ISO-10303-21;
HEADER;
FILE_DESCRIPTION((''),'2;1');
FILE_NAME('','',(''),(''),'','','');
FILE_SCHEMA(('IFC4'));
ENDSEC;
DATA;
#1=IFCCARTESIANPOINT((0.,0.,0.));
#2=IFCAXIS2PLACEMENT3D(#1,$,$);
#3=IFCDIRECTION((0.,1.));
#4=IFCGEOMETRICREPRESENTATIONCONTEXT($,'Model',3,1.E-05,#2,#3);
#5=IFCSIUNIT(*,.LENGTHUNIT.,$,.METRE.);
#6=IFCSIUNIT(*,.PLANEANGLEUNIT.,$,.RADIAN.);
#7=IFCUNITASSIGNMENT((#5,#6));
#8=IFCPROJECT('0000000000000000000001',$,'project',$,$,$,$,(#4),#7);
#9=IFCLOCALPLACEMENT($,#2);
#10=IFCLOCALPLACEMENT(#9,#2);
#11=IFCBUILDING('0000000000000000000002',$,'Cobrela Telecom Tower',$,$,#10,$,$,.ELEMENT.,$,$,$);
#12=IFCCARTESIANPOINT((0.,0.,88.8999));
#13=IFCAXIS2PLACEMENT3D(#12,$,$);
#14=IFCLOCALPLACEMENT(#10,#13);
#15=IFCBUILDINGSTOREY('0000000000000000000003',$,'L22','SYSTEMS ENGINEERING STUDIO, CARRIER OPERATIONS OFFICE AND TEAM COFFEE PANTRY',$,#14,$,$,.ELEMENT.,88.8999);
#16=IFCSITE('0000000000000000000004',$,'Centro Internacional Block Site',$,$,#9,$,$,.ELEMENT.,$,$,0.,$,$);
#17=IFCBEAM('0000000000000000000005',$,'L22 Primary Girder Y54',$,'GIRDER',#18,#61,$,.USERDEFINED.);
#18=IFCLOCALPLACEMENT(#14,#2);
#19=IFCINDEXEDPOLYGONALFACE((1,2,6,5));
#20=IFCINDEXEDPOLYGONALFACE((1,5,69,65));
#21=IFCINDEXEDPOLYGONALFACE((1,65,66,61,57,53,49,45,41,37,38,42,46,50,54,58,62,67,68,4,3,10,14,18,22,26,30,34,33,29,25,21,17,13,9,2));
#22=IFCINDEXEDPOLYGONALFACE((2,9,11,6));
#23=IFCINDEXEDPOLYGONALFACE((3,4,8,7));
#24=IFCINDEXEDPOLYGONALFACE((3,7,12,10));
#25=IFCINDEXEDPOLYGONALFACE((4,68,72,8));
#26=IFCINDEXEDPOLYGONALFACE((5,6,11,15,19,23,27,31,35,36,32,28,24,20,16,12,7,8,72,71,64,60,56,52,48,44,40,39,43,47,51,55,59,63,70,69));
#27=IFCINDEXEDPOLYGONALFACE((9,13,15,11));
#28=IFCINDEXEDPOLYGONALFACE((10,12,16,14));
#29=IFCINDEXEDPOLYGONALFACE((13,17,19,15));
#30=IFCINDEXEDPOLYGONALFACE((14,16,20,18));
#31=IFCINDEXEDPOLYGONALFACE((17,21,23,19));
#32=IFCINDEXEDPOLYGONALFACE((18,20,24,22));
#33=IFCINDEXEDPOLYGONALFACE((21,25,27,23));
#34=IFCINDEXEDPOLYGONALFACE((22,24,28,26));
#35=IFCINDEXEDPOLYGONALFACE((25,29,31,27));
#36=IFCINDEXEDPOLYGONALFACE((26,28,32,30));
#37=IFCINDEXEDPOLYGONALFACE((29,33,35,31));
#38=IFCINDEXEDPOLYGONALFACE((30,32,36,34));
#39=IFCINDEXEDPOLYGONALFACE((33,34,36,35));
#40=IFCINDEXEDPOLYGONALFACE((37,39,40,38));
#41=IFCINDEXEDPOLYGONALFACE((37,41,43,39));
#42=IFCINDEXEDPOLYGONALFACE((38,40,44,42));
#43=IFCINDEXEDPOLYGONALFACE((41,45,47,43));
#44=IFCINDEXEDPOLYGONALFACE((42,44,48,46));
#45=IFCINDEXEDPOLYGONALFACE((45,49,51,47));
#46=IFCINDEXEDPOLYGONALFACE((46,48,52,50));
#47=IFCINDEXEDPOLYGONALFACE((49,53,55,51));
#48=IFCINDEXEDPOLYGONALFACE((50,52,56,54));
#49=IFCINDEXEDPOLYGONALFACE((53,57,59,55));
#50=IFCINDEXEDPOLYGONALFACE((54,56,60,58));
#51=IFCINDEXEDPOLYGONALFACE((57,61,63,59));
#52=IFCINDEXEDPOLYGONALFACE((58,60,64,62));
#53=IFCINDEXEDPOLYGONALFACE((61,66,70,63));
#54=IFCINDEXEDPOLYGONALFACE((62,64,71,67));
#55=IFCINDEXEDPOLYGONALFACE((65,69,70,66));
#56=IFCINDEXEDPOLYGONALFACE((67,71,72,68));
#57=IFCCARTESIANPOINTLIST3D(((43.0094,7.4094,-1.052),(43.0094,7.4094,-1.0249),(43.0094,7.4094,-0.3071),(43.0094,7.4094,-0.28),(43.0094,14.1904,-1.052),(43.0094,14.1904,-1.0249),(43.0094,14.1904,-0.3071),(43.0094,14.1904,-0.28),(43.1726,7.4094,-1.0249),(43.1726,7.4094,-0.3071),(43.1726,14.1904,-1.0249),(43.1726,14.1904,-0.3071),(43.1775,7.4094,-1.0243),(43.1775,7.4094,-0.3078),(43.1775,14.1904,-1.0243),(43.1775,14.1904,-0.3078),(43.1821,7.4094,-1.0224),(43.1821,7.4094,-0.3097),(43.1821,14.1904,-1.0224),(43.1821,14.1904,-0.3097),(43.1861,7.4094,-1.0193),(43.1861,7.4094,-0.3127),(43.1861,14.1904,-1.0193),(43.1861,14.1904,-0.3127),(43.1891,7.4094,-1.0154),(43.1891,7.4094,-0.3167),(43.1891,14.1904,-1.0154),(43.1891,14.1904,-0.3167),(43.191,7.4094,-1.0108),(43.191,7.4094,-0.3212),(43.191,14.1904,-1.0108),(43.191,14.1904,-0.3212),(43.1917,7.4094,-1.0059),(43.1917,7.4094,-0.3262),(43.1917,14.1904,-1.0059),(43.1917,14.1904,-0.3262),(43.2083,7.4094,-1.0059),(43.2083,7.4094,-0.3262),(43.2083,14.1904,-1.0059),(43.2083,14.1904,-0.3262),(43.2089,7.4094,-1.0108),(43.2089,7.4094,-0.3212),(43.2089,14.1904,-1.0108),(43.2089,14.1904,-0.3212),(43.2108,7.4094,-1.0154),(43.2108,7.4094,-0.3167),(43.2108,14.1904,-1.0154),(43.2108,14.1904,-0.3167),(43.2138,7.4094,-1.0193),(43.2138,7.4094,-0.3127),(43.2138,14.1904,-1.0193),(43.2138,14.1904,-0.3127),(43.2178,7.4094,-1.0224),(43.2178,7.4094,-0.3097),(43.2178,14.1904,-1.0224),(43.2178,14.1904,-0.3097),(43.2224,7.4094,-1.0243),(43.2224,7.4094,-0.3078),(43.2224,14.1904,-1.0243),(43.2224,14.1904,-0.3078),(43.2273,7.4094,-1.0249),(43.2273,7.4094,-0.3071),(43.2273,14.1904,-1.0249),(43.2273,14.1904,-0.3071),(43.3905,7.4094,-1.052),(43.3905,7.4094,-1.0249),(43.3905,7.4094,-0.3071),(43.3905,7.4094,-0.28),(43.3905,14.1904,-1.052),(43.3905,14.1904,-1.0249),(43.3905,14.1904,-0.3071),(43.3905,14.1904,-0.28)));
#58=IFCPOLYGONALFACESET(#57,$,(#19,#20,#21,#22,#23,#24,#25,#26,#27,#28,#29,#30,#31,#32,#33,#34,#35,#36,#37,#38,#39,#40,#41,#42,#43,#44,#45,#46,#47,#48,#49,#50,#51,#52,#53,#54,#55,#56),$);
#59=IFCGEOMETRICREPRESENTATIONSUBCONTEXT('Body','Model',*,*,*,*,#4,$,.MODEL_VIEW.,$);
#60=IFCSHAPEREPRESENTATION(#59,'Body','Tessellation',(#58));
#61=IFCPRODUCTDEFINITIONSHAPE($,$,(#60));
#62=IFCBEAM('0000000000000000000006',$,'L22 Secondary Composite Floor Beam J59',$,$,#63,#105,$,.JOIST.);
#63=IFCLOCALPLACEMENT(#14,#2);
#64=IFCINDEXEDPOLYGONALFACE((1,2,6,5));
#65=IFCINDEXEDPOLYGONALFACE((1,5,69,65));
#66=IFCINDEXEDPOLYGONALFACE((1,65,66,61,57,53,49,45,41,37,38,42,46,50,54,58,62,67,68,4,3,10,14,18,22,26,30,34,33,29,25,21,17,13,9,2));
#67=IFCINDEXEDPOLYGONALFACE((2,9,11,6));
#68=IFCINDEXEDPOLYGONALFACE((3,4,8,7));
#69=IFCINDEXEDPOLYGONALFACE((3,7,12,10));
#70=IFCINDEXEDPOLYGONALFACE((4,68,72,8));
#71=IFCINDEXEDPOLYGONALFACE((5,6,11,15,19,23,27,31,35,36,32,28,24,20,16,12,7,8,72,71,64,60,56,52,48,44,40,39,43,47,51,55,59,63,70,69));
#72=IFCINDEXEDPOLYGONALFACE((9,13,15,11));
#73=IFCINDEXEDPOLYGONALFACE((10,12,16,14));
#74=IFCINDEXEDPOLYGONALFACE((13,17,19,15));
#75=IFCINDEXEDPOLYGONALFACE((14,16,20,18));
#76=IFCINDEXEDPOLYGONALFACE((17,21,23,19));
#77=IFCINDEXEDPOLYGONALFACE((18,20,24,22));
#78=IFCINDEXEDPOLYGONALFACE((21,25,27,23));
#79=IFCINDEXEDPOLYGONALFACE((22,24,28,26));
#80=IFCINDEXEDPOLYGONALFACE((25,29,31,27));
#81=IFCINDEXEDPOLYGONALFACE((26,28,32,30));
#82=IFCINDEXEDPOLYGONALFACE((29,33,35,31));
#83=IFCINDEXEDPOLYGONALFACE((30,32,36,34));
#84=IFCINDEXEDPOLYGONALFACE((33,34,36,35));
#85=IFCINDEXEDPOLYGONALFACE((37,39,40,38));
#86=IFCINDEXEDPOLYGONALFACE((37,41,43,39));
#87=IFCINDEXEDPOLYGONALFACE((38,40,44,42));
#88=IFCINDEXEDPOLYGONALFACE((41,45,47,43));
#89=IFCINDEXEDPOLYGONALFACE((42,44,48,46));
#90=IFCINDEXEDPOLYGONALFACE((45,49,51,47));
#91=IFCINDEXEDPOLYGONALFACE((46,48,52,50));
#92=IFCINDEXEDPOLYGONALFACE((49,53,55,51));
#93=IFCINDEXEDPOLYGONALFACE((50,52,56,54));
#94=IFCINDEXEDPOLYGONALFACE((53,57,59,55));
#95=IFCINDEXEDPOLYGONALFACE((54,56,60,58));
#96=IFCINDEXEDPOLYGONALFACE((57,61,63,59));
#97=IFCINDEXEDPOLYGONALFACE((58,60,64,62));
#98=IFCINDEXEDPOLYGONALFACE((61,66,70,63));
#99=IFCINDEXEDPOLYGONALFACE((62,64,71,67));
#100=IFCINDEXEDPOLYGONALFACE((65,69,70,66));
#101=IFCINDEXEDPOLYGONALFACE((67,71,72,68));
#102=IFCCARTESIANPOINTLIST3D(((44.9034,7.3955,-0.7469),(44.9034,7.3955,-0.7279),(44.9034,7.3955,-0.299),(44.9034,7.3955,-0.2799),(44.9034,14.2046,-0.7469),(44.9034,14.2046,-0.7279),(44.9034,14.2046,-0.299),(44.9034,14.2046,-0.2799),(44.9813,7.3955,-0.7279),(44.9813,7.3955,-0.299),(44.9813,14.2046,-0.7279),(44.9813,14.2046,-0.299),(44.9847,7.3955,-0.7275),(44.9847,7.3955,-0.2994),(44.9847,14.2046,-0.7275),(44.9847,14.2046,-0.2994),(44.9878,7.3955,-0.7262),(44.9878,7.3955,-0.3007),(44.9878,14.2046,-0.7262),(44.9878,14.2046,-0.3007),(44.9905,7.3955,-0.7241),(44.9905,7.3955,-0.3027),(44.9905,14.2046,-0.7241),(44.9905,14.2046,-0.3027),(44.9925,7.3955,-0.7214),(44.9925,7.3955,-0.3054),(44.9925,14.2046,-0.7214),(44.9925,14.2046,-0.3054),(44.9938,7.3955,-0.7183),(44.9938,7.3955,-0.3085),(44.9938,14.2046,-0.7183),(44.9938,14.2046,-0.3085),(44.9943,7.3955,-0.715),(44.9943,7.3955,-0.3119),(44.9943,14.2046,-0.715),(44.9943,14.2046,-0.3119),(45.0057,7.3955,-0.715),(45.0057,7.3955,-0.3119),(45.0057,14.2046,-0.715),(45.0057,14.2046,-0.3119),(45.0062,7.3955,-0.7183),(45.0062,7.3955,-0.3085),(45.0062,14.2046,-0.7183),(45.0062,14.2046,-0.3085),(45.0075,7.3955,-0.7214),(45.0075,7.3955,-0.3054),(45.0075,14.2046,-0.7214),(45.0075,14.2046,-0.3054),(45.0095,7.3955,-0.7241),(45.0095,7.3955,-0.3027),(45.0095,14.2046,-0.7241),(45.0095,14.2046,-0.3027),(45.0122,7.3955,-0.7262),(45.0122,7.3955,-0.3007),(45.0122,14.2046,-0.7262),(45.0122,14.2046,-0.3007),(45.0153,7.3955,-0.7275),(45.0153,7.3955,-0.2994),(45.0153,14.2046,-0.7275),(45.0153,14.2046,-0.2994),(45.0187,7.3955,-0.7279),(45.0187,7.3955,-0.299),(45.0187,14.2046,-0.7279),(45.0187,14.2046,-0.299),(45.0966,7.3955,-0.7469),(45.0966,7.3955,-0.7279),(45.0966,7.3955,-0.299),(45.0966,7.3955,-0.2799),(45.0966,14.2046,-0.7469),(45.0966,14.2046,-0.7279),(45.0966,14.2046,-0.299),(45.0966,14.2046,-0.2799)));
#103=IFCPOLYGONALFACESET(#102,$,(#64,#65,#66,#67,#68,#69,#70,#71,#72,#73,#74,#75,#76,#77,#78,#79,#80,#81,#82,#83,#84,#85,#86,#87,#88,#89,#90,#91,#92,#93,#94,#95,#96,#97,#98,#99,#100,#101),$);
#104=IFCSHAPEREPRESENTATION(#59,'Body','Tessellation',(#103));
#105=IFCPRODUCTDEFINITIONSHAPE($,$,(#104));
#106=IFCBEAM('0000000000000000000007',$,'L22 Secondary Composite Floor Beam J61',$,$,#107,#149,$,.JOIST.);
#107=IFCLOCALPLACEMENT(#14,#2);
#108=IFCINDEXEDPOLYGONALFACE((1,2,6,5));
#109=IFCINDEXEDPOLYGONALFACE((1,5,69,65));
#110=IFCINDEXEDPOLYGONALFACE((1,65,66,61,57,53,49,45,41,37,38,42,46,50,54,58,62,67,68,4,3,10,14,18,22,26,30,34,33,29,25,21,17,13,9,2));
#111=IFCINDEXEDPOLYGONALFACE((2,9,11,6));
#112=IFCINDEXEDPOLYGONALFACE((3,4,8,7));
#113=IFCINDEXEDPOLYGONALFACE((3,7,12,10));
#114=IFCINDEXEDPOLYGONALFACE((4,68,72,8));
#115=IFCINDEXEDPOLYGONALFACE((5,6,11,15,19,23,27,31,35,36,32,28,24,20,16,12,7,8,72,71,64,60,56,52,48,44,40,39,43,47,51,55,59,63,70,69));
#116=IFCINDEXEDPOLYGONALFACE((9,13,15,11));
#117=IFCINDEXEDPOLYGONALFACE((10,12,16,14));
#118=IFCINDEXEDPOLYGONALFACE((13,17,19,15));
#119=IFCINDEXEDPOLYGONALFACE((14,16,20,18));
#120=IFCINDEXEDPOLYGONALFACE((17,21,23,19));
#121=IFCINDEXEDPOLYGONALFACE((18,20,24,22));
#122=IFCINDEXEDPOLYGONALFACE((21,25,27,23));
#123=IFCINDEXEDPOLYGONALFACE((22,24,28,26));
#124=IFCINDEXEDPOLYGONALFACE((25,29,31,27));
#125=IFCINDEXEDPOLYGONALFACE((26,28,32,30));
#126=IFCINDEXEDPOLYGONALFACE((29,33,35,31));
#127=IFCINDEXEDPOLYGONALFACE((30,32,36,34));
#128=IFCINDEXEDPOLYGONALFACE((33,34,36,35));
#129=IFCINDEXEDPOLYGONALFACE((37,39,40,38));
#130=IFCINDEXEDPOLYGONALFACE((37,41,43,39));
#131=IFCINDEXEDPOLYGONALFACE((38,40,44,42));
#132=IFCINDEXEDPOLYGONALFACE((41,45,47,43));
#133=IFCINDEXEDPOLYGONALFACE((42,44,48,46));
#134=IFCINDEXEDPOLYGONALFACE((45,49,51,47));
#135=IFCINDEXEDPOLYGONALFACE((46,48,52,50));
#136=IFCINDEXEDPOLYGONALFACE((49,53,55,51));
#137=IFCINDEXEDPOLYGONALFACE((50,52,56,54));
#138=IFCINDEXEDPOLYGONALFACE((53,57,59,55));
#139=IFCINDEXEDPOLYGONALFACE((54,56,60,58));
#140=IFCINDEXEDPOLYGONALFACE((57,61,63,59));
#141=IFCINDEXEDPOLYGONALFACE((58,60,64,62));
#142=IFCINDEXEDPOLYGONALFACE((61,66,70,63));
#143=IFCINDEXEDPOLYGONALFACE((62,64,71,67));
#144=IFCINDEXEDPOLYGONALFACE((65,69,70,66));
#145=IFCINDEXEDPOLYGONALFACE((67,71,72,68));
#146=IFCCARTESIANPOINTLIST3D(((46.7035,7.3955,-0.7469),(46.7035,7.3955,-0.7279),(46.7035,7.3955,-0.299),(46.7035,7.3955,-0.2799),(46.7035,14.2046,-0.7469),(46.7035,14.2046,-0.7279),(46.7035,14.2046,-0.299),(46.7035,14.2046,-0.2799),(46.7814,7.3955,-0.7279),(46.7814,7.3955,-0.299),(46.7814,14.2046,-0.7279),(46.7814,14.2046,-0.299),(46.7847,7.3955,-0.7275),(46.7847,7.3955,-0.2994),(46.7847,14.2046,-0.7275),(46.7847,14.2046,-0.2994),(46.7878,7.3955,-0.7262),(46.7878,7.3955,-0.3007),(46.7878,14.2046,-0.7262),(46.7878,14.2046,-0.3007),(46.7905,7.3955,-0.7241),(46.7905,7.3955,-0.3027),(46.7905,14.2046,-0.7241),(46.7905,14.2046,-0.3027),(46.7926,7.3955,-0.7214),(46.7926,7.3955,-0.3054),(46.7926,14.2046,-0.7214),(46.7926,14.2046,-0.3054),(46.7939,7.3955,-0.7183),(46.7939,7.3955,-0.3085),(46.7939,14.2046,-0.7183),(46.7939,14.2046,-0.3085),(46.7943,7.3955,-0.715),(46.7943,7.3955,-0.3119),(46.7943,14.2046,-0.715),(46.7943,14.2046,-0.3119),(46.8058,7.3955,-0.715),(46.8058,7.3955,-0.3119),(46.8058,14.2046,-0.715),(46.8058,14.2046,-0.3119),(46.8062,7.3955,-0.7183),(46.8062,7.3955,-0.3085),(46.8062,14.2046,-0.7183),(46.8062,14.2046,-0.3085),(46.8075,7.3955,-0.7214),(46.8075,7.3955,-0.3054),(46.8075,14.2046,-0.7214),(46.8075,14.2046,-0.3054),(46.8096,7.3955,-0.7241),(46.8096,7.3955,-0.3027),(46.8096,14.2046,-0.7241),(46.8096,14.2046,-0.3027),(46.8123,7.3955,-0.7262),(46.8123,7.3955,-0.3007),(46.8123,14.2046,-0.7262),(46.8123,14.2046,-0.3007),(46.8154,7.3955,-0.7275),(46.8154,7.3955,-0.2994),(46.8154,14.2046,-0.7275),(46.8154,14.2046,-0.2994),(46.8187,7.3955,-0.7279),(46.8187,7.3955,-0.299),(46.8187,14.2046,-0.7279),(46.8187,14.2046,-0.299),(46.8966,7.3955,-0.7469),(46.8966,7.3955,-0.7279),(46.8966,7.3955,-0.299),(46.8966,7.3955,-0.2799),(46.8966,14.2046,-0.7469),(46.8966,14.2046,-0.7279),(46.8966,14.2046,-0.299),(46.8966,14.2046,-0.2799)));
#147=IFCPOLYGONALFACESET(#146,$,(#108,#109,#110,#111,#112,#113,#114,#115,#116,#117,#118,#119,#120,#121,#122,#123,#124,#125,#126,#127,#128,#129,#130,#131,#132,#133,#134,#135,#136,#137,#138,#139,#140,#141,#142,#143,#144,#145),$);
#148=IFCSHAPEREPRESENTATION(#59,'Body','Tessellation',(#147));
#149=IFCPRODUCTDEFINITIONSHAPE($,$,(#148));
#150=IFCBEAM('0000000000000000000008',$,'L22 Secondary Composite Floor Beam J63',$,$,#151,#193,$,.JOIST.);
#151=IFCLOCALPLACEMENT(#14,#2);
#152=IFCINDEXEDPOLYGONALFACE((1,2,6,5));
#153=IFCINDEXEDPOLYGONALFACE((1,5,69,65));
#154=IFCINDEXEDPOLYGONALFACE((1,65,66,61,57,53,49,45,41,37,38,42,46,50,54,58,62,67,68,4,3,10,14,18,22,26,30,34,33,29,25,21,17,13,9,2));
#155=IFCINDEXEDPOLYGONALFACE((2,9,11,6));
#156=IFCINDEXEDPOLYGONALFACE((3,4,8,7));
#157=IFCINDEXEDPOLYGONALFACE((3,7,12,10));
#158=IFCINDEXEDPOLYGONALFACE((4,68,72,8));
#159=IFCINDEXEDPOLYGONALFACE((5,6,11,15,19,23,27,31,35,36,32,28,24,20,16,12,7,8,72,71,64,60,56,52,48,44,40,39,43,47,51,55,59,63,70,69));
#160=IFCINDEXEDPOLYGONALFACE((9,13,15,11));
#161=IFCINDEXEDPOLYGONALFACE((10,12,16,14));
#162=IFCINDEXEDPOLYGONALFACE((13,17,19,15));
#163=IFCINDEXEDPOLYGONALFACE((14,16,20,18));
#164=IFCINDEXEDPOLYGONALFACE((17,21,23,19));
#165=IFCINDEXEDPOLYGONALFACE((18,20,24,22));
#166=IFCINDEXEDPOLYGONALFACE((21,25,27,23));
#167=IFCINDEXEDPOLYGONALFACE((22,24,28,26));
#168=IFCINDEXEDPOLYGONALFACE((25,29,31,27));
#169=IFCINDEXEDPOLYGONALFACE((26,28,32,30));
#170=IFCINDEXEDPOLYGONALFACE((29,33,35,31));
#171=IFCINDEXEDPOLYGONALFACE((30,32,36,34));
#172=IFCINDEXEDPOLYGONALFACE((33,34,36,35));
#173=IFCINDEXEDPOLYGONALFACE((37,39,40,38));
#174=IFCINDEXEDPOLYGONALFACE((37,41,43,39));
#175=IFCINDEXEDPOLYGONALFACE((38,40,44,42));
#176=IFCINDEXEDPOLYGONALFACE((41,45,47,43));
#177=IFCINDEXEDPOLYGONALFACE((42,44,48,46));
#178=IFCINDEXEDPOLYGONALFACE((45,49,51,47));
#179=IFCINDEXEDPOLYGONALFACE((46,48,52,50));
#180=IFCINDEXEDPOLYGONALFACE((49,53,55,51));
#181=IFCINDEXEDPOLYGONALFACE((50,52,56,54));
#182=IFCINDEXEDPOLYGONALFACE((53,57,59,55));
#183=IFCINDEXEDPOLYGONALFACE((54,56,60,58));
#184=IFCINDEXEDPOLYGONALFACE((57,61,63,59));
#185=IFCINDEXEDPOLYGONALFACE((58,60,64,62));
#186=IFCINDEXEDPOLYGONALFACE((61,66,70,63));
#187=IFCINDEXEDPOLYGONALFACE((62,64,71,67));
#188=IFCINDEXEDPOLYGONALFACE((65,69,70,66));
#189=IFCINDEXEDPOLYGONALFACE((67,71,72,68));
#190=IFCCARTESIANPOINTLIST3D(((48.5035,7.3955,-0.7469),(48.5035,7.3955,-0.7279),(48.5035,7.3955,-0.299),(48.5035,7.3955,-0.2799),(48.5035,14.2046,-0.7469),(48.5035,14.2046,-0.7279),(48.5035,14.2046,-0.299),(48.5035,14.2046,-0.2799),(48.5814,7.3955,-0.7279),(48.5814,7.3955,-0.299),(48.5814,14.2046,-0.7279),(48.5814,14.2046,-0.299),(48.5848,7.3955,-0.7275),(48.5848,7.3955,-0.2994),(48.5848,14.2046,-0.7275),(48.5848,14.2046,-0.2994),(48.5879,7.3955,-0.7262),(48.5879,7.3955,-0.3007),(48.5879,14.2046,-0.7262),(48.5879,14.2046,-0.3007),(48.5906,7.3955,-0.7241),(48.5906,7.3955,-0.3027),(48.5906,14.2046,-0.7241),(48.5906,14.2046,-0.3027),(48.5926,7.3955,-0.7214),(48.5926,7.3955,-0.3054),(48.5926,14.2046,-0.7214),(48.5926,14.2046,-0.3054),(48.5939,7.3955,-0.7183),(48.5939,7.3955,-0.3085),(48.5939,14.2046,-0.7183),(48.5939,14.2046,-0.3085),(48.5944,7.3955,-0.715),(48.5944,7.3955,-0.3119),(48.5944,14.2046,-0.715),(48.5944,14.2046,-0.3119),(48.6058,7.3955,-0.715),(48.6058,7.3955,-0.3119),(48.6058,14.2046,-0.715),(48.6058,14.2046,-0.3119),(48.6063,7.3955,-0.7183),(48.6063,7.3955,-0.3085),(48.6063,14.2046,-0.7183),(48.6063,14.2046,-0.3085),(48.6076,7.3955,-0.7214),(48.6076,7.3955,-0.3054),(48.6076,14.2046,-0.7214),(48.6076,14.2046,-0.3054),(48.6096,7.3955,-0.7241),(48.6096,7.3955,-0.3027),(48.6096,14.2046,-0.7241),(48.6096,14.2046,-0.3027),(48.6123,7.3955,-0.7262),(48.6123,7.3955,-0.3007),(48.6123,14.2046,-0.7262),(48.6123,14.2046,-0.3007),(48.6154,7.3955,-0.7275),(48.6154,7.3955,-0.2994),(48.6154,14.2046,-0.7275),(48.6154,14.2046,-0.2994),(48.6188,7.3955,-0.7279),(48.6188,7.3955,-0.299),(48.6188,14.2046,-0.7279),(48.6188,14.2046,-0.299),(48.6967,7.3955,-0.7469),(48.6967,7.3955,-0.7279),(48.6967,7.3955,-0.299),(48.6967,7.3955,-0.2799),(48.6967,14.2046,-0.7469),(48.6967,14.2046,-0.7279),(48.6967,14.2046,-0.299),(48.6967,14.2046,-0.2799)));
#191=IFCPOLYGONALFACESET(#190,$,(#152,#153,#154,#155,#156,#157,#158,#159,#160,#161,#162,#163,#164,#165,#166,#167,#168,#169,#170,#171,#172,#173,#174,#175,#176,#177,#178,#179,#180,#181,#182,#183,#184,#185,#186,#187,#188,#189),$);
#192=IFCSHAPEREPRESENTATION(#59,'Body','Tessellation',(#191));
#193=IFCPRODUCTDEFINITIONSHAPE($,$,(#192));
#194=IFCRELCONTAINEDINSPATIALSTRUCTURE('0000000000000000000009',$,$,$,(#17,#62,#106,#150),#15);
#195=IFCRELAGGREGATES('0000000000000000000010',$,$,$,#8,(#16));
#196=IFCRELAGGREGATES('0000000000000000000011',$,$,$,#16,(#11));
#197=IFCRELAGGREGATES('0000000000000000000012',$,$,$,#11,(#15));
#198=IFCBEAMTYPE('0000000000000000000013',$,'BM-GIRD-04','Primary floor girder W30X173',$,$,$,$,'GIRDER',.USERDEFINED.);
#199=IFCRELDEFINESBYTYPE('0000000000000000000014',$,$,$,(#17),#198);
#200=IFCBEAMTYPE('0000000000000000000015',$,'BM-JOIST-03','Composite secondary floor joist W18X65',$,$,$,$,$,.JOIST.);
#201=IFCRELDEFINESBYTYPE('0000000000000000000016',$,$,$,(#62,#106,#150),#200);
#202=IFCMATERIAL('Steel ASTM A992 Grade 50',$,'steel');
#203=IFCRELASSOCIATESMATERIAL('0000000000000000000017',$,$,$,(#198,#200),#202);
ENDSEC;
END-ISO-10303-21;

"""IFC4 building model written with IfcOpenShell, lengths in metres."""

from ifc_helpers import new_model, si_unit, direction, frame, origin, origin_2d, place, context, subcontext, project, spatial, i_section, extrude, material, material_profile, profile_set, type_object, element, save


model = new_model("IFC4")

# Units and contexts
model_context = context("Model", 3, precision=1e-05, world=origin(), true_north=direction((0.0, 1.0)))
body_context = subcontext(model_context, "Body", "Model", "MODEL_VIEW")
ifc_project = project(units=[si_unit("LENGTHUNIT", "METRE"), si_unit("PLANEANGLEUNIT", "RADIAN")], contexts=[model_context])

# Site, building, storey
site_placement = place(None, origin())
site = spatial("IfcSite", under=ifc_project, at=site_placement, Name="Centro Internacional Block Site", CompositionType="ELEMENT", RefElevation=0.0)
building_placement = place(site_placement, origin())
building = spatial("IfcBuilding", under=site, at=building_placement, Name="Cobrela Telecom Tower", CompositionType="ELEMENT")
storey_placement = place(building_placement, frame((0.0, 0.0, 88.8999)))
storey = spatial("IfcBuildingStorey", under=building, at=storey_placement, Name="L22", Description="SYSTEMS ENGINEERING STUDIO, CARRIER OPERATIONS OFFICE AND TEAM COFFEE PANTRY", CompositionType="ELEMENT", Elevation=88.8999)

# Shared definitions
ifc_material_1 = material(Name="Steel ASTM A992 Grade 50", Category="steel")

# Beams
ifc_material_profile_1 = material_profile(ifc_material_1, i_section(OverallWidth=0.3811, OverallDepth=0.772, WebThickness=0.0166, FlangeThickness=0.0271, FilletRadius=0.019, at=origin_2d()), Name="W30X173")
ifc_profile_set_1 = profile_set([ifc_material_profile_1], Name="Steel ASTM A992 Grade 50")
beam_type_1 = type_object("IfcBeamType", Name="BM-GIRD-04", Description="Primary floor girder W30X173", ElementType="GIRDER", PredefinedType="USERDEFINED", material=ifc_profile_set_1)
beam_1_placement = place(storey_placement, frame((43.2, 7.4094, -0.666), z_axis=(0.0, 1.0, 0.0), x_axis=(-1.0, 0.0, 0.0)))
element("IfcBeam", 1, at=beam_1_placement, inside=storey, type_object=beam_type_1, Name="L22 Primary Girder Y54", ObjectType="GIRDER", PredefinedType="USERDEFINED", context=body_context, shape_type="SweptSolid", body=[
    extrude(i_section(OverallWidth=0.3811, OverallDepth=0.772, WebThickness=0.0166, FlangeThickness=0.0271, FilletRadius=0.019, at=origin_2d()), origin(), (0.0, 0.0, 1.0), 6.781),
])
ifc_material_profile_2 = material_profile(ifc_material_1, i_section(OverallWidth=0.1931, OverallDepth=0.467, WebThickness=0.0115, FlangeThickness=0.019, FilletRadius=0.0129, at=origin_2d()), Name="W18X65")
ifc_profile_set_2 = profile_set([ifc_material_profile_2], Name="Steel ASTM A992 Grade 50")
beam_type_2 = type_object("IfcBeamType", Name="BM-JOIST-03", Description="Composite secondary floor joist W18X65", PredefinedType="JOIST", material=ifc_profile_set_2)
for number, where, z_axis, x_axis, name in (
    (2, (45.0, 7.3955, -0.5134), (0.0, 1.0, 0.0), (-1.0, 0.0, 0.0), "L22 Secondary Composite Floor Beam J59"),
    (3, (46.8, 7.3955, -0.5134), (0.0, 1.0, 0.0), (-1.0, 0.0, 0.0), "L22 Secondary Composite Floor Beam J61"),
    (4, (48.6001, 7.3955, -0.5134), (0.0, 1.0, 0.0), (-1.0, 0.0, 0.0), "L22 Secondary Composite Floor Beam J63"),
):
    element("IfcBeam", number, at=place(storey_placement, frame(where, z_axis=z_axis, x_axis=x_axis)), inside=storey, type_object=beam_type_2, Name=name, PredefinedType="JOIST", context=body_context, shape_type="SweptSolid", body=[
        extrude(i_section(OverallWidth=0.1931, OverallDepth=0.467, WebThickness=0.0115, FlangeThickness=0.019, FilletRadius=0.0129, at=origin_2d()), origin(), (0.0, 0.0, 1.0), 6.8091),
    ])

save(model, "model.ifc")
